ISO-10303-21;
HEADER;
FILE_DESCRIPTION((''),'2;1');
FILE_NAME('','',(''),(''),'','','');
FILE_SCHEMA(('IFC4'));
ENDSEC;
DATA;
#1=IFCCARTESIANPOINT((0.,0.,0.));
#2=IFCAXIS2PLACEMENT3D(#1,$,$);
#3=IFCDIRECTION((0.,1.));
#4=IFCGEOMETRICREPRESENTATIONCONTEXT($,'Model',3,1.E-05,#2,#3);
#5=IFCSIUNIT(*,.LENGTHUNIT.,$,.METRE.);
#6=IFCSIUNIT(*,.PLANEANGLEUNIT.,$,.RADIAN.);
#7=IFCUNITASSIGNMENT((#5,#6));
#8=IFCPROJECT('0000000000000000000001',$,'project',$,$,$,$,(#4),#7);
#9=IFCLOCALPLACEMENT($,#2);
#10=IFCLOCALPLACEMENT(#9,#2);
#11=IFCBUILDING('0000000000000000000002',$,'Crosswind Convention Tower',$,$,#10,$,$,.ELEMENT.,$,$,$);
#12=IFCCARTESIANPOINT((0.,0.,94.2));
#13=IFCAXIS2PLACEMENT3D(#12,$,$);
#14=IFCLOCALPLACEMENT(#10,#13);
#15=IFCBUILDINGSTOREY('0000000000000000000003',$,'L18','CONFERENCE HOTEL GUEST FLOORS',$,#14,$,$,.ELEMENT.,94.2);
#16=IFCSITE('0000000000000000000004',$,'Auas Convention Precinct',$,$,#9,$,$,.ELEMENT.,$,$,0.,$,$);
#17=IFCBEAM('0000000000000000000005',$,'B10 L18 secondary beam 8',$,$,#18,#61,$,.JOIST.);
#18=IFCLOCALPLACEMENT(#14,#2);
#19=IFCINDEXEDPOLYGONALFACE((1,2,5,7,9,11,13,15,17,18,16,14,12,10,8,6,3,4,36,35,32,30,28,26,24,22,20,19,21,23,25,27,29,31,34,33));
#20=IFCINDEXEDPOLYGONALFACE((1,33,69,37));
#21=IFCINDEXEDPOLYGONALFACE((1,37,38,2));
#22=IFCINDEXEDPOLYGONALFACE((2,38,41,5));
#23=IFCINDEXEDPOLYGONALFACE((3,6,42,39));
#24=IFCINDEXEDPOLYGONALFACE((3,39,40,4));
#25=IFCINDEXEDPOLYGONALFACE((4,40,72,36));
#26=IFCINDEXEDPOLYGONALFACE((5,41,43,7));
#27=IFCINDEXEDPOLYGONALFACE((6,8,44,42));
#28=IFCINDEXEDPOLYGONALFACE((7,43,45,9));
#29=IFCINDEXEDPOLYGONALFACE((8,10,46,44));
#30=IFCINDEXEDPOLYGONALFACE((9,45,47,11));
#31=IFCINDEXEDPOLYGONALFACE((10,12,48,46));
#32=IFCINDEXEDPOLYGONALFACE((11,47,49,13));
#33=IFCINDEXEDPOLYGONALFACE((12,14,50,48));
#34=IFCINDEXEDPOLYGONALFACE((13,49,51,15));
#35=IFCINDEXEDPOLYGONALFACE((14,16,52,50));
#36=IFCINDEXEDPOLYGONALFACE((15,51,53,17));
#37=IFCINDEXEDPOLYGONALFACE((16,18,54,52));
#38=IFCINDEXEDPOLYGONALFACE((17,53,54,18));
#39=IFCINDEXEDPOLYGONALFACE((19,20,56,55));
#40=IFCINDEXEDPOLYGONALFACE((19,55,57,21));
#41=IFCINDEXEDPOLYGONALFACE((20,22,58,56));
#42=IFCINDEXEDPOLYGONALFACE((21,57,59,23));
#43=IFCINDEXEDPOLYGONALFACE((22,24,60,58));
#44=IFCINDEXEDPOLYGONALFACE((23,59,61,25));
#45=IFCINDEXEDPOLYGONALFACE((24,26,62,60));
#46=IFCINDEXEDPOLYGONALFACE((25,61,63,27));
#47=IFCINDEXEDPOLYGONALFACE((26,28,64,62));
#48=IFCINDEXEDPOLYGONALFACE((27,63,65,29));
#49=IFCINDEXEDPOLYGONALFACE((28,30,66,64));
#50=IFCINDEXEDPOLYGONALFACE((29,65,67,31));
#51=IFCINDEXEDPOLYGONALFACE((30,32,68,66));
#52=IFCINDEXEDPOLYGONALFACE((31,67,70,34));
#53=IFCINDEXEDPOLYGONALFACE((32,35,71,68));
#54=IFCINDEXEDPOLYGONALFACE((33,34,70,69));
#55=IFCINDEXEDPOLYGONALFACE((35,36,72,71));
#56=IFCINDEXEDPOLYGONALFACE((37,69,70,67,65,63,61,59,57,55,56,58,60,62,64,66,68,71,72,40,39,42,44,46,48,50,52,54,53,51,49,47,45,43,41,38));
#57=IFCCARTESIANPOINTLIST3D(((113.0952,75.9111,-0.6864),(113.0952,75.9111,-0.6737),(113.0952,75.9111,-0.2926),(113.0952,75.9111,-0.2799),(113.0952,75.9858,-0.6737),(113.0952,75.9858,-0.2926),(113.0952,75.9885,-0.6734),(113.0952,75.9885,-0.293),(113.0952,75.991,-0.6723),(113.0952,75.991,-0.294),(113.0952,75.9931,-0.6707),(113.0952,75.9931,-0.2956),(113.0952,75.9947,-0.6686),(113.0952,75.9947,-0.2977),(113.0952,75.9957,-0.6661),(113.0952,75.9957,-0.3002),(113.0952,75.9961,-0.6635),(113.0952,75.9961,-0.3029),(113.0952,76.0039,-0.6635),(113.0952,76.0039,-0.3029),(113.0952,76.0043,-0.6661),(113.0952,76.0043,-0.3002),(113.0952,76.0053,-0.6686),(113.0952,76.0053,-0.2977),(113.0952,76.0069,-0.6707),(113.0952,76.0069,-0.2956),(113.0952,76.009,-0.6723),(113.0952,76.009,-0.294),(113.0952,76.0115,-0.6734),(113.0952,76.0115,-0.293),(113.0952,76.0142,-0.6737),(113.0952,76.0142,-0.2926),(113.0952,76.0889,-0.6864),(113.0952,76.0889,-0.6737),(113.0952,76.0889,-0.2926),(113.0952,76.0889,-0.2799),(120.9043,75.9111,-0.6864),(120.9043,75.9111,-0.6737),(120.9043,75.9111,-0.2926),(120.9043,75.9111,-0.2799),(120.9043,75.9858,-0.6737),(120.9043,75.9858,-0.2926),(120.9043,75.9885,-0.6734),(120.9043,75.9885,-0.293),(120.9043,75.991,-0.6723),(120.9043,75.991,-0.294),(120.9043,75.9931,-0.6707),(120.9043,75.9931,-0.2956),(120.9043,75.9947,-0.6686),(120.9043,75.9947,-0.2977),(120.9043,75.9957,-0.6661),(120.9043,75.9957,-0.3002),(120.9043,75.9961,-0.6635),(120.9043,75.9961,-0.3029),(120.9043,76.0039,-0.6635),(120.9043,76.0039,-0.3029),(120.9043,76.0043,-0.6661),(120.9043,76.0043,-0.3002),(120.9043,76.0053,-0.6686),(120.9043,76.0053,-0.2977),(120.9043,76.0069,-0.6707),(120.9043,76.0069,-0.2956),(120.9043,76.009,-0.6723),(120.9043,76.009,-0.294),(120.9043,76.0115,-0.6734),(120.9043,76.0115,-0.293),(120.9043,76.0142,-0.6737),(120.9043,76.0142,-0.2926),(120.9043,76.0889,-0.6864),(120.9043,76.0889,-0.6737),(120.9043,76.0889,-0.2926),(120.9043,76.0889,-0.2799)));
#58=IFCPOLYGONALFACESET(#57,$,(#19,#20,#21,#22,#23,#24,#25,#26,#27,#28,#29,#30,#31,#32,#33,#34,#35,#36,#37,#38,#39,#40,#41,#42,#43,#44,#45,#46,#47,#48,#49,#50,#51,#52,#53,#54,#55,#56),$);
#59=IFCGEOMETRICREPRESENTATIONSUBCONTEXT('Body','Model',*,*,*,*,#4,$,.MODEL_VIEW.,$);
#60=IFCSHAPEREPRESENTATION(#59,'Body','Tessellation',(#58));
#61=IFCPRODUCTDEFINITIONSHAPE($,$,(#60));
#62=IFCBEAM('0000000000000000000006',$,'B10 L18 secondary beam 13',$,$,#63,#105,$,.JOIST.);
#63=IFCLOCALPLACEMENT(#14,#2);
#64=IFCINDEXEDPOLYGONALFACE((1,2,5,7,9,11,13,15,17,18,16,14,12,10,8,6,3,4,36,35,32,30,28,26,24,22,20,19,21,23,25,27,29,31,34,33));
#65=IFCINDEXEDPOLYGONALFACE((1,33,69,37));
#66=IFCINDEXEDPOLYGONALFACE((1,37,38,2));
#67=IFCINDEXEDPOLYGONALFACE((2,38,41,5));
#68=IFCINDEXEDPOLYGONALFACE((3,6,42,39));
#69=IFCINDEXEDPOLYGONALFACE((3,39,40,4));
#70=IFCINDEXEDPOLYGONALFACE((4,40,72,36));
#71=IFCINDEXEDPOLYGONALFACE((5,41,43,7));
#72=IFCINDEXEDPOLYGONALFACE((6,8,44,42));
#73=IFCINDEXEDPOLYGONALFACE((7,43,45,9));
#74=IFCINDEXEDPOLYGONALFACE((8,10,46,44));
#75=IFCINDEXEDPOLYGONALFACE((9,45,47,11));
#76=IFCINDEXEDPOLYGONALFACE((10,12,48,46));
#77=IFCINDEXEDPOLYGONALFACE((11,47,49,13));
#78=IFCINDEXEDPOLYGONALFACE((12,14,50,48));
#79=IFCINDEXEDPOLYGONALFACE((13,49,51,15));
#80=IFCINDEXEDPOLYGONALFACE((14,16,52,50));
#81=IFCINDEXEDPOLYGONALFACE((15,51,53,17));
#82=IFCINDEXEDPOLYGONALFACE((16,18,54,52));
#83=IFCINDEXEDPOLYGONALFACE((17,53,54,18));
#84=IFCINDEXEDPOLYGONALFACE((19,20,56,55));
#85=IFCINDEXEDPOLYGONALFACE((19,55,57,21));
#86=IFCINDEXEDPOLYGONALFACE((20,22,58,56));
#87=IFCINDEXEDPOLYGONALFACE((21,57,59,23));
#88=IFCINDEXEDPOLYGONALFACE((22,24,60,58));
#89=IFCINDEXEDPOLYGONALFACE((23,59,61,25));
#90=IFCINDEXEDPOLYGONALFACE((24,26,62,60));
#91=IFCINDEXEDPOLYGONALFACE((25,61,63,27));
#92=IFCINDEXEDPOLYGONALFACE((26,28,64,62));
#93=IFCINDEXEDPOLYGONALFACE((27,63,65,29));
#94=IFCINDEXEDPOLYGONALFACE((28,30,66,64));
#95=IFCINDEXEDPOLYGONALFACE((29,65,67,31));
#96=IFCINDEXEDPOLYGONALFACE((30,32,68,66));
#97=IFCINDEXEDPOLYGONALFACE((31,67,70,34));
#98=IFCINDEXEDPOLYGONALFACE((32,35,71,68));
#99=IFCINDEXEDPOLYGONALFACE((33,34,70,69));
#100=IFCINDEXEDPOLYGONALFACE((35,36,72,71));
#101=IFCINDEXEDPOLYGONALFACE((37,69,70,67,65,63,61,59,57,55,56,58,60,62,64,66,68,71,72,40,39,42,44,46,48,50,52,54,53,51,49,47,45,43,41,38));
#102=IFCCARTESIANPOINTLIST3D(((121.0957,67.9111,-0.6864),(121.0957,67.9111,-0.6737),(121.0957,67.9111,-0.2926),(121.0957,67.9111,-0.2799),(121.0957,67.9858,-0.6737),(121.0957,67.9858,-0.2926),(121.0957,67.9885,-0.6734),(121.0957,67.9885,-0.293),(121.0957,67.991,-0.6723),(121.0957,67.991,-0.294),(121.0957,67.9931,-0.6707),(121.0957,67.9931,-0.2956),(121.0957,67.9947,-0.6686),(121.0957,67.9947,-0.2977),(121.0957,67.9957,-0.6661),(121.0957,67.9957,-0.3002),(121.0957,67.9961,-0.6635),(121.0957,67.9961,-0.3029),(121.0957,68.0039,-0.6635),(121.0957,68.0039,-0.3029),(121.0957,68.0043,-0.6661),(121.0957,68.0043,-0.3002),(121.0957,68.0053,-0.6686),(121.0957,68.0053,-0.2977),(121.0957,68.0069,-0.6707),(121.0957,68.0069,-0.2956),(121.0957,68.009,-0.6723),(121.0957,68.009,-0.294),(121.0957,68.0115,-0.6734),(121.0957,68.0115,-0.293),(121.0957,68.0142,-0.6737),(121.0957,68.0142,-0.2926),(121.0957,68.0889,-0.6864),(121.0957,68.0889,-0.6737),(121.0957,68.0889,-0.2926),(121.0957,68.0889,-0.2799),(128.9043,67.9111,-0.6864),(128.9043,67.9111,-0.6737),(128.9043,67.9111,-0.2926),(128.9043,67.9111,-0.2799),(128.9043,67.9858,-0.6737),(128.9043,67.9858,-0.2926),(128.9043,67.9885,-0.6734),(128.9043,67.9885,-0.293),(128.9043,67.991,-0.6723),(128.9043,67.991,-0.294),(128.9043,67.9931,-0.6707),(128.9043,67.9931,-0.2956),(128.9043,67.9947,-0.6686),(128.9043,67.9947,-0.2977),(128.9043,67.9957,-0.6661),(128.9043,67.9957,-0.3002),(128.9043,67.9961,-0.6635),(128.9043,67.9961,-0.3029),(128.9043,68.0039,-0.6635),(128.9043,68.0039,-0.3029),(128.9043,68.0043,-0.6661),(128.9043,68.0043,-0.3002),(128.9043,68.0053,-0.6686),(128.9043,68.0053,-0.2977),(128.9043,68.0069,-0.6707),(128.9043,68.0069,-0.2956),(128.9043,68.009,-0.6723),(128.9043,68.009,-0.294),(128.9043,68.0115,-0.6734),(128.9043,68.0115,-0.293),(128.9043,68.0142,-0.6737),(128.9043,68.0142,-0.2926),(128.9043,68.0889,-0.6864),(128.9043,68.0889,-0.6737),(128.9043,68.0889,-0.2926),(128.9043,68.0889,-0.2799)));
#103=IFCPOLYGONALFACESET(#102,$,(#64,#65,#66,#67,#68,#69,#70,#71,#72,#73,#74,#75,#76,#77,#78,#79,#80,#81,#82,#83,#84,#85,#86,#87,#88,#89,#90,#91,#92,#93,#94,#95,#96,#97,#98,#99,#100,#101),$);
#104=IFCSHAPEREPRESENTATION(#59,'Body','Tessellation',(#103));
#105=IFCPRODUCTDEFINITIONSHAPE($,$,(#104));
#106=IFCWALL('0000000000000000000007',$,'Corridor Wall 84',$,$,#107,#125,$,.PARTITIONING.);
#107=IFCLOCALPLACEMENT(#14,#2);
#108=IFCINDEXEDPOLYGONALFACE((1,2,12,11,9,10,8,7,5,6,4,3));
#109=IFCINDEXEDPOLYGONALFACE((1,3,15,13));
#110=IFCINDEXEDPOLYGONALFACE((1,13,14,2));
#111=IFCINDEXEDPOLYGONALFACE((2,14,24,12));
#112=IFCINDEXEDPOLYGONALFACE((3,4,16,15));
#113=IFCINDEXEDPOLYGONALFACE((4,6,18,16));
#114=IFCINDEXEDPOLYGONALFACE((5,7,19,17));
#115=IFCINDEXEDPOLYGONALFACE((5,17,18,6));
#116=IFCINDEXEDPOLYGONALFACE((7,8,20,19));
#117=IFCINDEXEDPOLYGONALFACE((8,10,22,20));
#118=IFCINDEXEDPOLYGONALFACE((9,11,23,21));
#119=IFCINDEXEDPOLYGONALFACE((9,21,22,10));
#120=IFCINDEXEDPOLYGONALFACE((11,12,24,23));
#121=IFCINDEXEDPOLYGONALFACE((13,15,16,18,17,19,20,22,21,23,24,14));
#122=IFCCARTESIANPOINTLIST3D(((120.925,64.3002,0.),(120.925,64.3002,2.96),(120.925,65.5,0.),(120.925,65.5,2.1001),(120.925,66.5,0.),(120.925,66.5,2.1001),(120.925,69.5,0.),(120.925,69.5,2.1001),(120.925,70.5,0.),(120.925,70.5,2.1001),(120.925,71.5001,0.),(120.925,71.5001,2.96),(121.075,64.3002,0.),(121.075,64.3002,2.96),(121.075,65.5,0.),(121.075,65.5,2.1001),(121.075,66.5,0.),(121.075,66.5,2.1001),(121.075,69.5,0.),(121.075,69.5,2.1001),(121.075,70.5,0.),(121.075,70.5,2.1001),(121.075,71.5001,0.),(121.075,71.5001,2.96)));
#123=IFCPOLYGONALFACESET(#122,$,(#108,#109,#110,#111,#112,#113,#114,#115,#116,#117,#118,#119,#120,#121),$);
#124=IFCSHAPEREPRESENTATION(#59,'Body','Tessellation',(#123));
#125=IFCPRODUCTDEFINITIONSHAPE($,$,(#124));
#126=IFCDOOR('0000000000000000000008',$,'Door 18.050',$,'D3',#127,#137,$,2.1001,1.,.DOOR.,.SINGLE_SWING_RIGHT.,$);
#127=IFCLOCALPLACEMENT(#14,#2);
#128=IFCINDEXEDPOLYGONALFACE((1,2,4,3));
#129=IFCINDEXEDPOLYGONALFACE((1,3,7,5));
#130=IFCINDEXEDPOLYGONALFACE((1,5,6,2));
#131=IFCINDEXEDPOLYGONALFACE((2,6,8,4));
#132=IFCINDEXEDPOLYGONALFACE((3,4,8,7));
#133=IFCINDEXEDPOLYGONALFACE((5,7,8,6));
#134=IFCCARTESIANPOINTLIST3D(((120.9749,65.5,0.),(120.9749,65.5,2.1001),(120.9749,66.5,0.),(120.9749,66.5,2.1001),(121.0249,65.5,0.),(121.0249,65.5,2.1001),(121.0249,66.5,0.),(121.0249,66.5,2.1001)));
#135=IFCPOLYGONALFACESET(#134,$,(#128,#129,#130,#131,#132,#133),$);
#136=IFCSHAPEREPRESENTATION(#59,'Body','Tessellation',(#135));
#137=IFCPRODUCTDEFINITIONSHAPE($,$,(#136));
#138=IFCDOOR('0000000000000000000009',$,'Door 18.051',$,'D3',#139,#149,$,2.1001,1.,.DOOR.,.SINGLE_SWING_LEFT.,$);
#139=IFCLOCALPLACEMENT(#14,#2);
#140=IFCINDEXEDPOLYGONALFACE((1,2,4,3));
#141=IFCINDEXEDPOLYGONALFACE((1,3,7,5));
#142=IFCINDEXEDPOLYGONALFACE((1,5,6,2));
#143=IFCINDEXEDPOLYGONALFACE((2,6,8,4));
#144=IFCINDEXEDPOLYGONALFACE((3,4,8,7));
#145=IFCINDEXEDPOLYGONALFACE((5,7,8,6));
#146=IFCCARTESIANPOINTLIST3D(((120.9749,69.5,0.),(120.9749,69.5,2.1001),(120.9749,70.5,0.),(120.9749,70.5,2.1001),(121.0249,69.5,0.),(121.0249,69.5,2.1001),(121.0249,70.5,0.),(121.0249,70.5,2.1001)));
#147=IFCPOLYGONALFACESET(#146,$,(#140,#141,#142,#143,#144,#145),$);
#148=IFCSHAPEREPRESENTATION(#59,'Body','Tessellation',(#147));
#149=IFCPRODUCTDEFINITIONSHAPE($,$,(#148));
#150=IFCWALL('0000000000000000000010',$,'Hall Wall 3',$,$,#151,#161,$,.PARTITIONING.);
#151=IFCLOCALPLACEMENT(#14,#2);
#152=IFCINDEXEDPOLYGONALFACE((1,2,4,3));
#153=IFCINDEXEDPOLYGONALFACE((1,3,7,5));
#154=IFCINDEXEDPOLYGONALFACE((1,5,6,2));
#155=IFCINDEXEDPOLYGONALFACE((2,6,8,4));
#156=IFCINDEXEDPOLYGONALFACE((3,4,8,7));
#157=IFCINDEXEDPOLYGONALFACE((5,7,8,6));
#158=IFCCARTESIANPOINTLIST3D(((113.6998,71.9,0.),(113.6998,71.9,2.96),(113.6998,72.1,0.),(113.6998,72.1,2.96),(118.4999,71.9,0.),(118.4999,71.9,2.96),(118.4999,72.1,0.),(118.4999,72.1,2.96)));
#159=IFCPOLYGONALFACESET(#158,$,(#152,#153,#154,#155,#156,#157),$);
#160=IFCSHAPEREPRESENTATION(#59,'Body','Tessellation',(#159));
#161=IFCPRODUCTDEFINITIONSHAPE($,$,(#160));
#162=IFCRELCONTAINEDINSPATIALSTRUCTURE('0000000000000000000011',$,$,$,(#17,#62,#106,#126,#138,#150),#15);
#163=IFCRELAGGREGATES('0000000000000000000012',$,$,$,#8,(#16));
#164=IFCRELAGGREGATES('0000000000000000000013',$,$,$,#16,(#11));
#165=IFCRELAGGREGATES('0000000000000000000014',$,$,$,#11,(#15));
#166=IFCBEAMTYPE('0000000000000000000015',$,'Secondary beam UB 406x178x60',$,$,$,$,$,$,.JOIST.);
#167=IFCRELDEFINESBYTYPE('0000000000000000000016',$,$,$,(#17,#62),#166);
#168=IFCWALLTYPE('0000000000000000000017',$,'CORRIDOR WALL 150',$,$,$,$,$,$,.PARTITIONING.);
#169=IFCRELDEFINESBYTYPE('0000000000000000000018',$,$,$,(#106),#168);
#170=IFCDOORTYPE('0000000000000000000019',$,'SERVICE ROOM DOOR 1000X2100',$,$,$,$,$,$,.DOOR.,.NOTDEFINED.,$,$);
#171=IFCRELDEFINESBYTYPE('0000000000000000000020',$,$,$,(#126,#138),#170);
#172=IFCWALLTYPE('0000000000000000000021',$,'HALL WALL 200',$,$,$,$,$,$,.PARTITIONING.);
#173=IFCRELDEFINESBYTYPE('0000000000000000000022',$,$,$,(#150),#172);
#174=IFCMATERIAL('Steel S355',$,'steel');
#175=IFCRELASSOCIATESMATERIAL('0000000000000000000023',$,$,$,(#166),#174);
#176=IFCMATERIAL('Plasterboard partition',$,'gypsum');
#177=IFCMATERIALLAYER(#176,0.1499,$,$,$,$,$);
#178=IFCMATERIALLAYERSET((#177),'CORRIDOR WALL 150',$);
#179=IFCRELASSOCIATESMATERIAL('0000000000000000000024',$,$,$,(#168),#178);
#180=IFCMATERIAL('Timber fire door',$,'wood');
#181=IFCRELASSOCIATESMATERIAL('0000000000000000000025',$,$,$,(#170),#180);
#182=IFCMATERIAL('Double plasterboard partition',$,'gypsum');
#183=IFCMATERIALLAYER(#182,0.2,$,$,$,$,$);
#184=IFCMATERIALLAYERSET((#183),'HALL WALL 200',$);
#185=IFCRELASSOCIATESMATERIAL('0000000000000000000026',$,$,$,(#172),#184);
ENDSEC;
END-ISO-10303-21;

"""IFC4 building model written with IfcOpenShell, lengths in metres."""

from ifc_helpers import new_model, si_unit, direction, frame, frame_2d, origin, origin_2d, place, context, subcontext, project, spatial, rectangle, i_section, extrude, material, layer, layer_set, material_profile, profile_set, type_object, element, fill, save


model = new_model("IFC4")

# Units and contexts
model_context = context("Model", 3, precision=1e-05, world=origin(), true_north=direction((0.0, 1.0)))
body_context = subcontext(model_context, "Body", "Model", "MODEL_VIEW")
ifc_project = project(units=[si_unit("LENGTHUNIT", "METRE"), si_unit("PLANEANGLEUNIT", "RADIAN")], contexts=[model_context])

# Site, building, storey
site_placement = place(None, origin())
site = spatial("IfcSite", under=ifc_project, at=site_placement, Name="Auas Convention Precinct", CompositionType="ELEMENT", RefElevation=0.0)
building_placement = place(site_placement, origin())
building = spatial("IfcBuilding", under=site, at=building_placement, Name="Crosswind Convention Tower", CompositionType="ELEMENT")
storey_placement = place(building_placement, frame((0.0, 0.0, 94.2)))
storey = spatial("IfcBuildingStorey", under=building, at=storey_placement, Name="L18", Description="CONFERENCE HOTEL GUEST FLOORS", CompositionType="ELEMENT", Elevation=94.2)

# Shared definitions
ifc_material_1 = material(Name="Steel S355", Category="steel")

# Beams
ifc_material_profile_1 = material_profile(ifc_material_1, i_section(OverallWidth=0.1777, OverallDepth=0.4065, WebThickness=0.0078, FlangeThickness=0.0127, FilletRadius=0.0103, at=origin_2d()), Name="UB 406x178x60")
ifc_profile_set_1 = profile_set([ifc_material_profile_1], Name="Steel S355")
beam_type_1 = type_object("IfcBeamType", Name="Secondary beam UB 406x178x60", PredefinedType="JOIST", material=ifc_profile_set_1)
for number, where, z_axis, x_axis, name in (
    (1, (113.0952, 76.0, -0.4832), (1.0, 0.0, 0.0), (0.0, 1.0, 0.0), "B10 L18 secondary beam 8"),
):
    element("IfcBeam", number, at=place(storey_placement, frame(where, z_axis=z_axis, x_axis=x_axis)), inside=storey, type_object=beam_type_1, Name=name, PredefinedType="JOIST", context=body_context, shape_type="SweptSolid", body=[
        extrude(i_section(OverallWidth=0.1777, OverallDepth=0.4065, WebThickness=0.0078, FlangeThickness=0.0127, FilletRadius=0.0103, at=origin_2d()), origin(), (0.0, 0.0, 1.0), 7.8091),
    ])
beam_1_placement = place(storey_placement, frame((121.0957, 68.0, -0.4832), z_axis=(1.0, 0.0, 0.0), x_axis=(0.0, 1.0, 0.0)))
element("IfcBeam", 2, at=beam_1_placement, inside=storey, type_object=beam_type_1, Name="B10 L18 secondary beam 13", PredefinedType="JOIST", context=body_context, shape_type="SweptSolid", body=[
    extrude(i_section(OverallWidth=0.1777, OverallDepth=0.4065, WebThickness=0.0078, FlangeThickness=0.0127, FilletRadius=0.0103, at=origin_2d()), origin(), (0.0, 0.0, 1.0), 7.8086),
])

# Wall, openings, doors
ifc_material_2 = material(Name="Plasterboard partition", Category="gypsum")
ifc_layer_1 = layer(ifc_material_2, 0.1499)
ifc_layer_set_1 = layer_set([ifc_layer_1], Name="CORRIDOR WALL 150")
wall_type_1 = type_object("IfcWallType", Name="CORRIDOR WALL 150", PredefinedType="PARTITIONING", material=ifc_layer_set_1)
wall_1_placement = place(storey_placement, frame((121.0, 64.3, 0.0), z_axis=(0.0, 0.0, 1.0), x_axis=(0.0, 1.0, 0.0)))
wall_1 = element("IfcWall", 3, at=wall_1_placement, inside=storey, type_object=wall_type_1, Name="Corridor Wall 84", PredefinedType="PARTITIONING", context=body_context, shape_type="SweptSolid", body=[
    extrude(rectangle(XDim=7.2, YDim=0.1499, at=frame_2d((3.6001, 0.0))), origin(), (0.0, 0.0, 1.0), 2.96),
])
opening_1_placement = place(wall_1_placement, frame((1.2, 0.0, 0.0)))
opening_1 = element("IfcOpeningElement", 4, at=opening_1_placement, cuts=wall_1, PredefinedType="OPENING", context=body_context, shape_type="SweptSolid", body=[
    extrude(rectangle(XDim=1.0, YDim=2.1001, at=frame_2d((0.5, 1.05))), frame((0.0, 0.085, 0.0), z_axis=(0.0, -1.0, 0.0), x_axis=(1.0, 0.0, 0.0)), (0.0, 0.0, 1.0), 0.1699),
])
opening_2_placement = place(wall_1_placement, frame((5.2, 0.0, 0.0)))
opening_2 = element("IfcOpeningElement", 5, at=opening_2_placement, cuts=wall_1, PredefinedType="OPENING", context=body_context, shape_type="SweptSolid", body=[
    extrude(rectangle(XDim=1.0, YDim=2.1001, at=frame_2d((0.5, 1.05))), frame((0.0, 0.085, 0.0), z_axis=(0.0, -1.0, 0.0), x_axis=(1.0, 0.0, 0.0)), (0.0, 0.0, 1.0), 0.1699),
])
ifc_material_3 = material(Name="Timber fire door", Category="wood")
door_type_1 = type_object("IfcDoorType", Name="SERVICE ROOM DOOR 1000X2100", OperationType="NOTDEFINED", PredefinedType="DOOR", material=ifc_material_3)
door_1_placement = place(opening_1_placement, frame((1.0, 0.0, 0.0), z_axis=(0.0, 0.0, 1.0), x_axis=(-1.0, 0.0, 0.0)))
door_1 = element("IfcDoor", 6, at=door_1_placement, inside=storey, type_object=door_type_1, Name="Door 18.050", ObjectType="D3", OperationType="SINGLE_SWING_RIGHT", OverallHeight=2.1001, OverallWidth=1.0, PredefinedType="DOOR", context=body_context, shape_type="SweptSolid", body=[
    extrude(rectangle(XDim=1.0, YDim=2.1001, at=frame_2d((0.5, 1.05))), frame((0.0, 0.0249, 0.0), z_axis=(0.0, -1.0, 0.0), x_axis=(1.0, 0.0, 0.0)), (0.0, 0.0, 1.0), 0.05),
])
fill(opening_1, door_1)
door_2_placement = place(opening_2_placement, frame((1.0, 0.0, 0.0), z_axis=(0.0, 0.0, 1.0), x_axis=(-1.0, 0.0, 0.0)))
door_2 = element("IfcDoor", 7, at=door_2_placement, inside=storey, type_object=door_type_1, Name="Door 18.051", ObjectType="D3", OperationType="SINGLE_SWING_LEFT", OverallHeight=2.1001, OverallWidth=1.0, PredefinedType="DOOR", context=body_context, shape_type="SweptSolid", body=[
    extrude(rectangle(XDim=1.0, YDim=2.1001, at=frame_2d((0.5, 1.05))), frame((0.0, 0.0249, 0.0), z_axis=(0.0, -1.0, 0.0), x_axis=(1.0, 0.0, 0.0)), (0.0, 0.0, 1.0), 0.05),
])
fill(opening_2, door_2)

# Wall
ifc_material_4 = material(Name="Double plasterboard partition", Category="gypsum")
ifc_layer_2 = layer(ifc_material_4, 0.2)
ifc_layer_set_2 = layer_set([ifc_layer_2], Name="HALL WALL 200")
wall_type_2 = type_object("IfcWallType", Name="HALL WALL 200", PredefinedType="PARTITIONING", material=ifc_layer_set_2)
wall_2_placement = place(storey_placement, frame((113.7, 72.0, 0.0), z_axis=(0.0, 0.0, 1.0), x_axis=(1.0, 0.0, 0.0)))
element("IfcWall", 8, at=wall_2_placement, inside=storey, type_object=wall_type_2, Name="Hall Wall 3", PredefinedType="PARTITIONING", context=body_context, shape_type="SweptSolid", body=[
    extrude(rectangle(XDim=4.8, YDim=0.2, at=frame_2d((2.3999, 0.0))), origin(), (0.0, 0.0, 1.0), 2.96),
])

save(model, "model.ifc")
